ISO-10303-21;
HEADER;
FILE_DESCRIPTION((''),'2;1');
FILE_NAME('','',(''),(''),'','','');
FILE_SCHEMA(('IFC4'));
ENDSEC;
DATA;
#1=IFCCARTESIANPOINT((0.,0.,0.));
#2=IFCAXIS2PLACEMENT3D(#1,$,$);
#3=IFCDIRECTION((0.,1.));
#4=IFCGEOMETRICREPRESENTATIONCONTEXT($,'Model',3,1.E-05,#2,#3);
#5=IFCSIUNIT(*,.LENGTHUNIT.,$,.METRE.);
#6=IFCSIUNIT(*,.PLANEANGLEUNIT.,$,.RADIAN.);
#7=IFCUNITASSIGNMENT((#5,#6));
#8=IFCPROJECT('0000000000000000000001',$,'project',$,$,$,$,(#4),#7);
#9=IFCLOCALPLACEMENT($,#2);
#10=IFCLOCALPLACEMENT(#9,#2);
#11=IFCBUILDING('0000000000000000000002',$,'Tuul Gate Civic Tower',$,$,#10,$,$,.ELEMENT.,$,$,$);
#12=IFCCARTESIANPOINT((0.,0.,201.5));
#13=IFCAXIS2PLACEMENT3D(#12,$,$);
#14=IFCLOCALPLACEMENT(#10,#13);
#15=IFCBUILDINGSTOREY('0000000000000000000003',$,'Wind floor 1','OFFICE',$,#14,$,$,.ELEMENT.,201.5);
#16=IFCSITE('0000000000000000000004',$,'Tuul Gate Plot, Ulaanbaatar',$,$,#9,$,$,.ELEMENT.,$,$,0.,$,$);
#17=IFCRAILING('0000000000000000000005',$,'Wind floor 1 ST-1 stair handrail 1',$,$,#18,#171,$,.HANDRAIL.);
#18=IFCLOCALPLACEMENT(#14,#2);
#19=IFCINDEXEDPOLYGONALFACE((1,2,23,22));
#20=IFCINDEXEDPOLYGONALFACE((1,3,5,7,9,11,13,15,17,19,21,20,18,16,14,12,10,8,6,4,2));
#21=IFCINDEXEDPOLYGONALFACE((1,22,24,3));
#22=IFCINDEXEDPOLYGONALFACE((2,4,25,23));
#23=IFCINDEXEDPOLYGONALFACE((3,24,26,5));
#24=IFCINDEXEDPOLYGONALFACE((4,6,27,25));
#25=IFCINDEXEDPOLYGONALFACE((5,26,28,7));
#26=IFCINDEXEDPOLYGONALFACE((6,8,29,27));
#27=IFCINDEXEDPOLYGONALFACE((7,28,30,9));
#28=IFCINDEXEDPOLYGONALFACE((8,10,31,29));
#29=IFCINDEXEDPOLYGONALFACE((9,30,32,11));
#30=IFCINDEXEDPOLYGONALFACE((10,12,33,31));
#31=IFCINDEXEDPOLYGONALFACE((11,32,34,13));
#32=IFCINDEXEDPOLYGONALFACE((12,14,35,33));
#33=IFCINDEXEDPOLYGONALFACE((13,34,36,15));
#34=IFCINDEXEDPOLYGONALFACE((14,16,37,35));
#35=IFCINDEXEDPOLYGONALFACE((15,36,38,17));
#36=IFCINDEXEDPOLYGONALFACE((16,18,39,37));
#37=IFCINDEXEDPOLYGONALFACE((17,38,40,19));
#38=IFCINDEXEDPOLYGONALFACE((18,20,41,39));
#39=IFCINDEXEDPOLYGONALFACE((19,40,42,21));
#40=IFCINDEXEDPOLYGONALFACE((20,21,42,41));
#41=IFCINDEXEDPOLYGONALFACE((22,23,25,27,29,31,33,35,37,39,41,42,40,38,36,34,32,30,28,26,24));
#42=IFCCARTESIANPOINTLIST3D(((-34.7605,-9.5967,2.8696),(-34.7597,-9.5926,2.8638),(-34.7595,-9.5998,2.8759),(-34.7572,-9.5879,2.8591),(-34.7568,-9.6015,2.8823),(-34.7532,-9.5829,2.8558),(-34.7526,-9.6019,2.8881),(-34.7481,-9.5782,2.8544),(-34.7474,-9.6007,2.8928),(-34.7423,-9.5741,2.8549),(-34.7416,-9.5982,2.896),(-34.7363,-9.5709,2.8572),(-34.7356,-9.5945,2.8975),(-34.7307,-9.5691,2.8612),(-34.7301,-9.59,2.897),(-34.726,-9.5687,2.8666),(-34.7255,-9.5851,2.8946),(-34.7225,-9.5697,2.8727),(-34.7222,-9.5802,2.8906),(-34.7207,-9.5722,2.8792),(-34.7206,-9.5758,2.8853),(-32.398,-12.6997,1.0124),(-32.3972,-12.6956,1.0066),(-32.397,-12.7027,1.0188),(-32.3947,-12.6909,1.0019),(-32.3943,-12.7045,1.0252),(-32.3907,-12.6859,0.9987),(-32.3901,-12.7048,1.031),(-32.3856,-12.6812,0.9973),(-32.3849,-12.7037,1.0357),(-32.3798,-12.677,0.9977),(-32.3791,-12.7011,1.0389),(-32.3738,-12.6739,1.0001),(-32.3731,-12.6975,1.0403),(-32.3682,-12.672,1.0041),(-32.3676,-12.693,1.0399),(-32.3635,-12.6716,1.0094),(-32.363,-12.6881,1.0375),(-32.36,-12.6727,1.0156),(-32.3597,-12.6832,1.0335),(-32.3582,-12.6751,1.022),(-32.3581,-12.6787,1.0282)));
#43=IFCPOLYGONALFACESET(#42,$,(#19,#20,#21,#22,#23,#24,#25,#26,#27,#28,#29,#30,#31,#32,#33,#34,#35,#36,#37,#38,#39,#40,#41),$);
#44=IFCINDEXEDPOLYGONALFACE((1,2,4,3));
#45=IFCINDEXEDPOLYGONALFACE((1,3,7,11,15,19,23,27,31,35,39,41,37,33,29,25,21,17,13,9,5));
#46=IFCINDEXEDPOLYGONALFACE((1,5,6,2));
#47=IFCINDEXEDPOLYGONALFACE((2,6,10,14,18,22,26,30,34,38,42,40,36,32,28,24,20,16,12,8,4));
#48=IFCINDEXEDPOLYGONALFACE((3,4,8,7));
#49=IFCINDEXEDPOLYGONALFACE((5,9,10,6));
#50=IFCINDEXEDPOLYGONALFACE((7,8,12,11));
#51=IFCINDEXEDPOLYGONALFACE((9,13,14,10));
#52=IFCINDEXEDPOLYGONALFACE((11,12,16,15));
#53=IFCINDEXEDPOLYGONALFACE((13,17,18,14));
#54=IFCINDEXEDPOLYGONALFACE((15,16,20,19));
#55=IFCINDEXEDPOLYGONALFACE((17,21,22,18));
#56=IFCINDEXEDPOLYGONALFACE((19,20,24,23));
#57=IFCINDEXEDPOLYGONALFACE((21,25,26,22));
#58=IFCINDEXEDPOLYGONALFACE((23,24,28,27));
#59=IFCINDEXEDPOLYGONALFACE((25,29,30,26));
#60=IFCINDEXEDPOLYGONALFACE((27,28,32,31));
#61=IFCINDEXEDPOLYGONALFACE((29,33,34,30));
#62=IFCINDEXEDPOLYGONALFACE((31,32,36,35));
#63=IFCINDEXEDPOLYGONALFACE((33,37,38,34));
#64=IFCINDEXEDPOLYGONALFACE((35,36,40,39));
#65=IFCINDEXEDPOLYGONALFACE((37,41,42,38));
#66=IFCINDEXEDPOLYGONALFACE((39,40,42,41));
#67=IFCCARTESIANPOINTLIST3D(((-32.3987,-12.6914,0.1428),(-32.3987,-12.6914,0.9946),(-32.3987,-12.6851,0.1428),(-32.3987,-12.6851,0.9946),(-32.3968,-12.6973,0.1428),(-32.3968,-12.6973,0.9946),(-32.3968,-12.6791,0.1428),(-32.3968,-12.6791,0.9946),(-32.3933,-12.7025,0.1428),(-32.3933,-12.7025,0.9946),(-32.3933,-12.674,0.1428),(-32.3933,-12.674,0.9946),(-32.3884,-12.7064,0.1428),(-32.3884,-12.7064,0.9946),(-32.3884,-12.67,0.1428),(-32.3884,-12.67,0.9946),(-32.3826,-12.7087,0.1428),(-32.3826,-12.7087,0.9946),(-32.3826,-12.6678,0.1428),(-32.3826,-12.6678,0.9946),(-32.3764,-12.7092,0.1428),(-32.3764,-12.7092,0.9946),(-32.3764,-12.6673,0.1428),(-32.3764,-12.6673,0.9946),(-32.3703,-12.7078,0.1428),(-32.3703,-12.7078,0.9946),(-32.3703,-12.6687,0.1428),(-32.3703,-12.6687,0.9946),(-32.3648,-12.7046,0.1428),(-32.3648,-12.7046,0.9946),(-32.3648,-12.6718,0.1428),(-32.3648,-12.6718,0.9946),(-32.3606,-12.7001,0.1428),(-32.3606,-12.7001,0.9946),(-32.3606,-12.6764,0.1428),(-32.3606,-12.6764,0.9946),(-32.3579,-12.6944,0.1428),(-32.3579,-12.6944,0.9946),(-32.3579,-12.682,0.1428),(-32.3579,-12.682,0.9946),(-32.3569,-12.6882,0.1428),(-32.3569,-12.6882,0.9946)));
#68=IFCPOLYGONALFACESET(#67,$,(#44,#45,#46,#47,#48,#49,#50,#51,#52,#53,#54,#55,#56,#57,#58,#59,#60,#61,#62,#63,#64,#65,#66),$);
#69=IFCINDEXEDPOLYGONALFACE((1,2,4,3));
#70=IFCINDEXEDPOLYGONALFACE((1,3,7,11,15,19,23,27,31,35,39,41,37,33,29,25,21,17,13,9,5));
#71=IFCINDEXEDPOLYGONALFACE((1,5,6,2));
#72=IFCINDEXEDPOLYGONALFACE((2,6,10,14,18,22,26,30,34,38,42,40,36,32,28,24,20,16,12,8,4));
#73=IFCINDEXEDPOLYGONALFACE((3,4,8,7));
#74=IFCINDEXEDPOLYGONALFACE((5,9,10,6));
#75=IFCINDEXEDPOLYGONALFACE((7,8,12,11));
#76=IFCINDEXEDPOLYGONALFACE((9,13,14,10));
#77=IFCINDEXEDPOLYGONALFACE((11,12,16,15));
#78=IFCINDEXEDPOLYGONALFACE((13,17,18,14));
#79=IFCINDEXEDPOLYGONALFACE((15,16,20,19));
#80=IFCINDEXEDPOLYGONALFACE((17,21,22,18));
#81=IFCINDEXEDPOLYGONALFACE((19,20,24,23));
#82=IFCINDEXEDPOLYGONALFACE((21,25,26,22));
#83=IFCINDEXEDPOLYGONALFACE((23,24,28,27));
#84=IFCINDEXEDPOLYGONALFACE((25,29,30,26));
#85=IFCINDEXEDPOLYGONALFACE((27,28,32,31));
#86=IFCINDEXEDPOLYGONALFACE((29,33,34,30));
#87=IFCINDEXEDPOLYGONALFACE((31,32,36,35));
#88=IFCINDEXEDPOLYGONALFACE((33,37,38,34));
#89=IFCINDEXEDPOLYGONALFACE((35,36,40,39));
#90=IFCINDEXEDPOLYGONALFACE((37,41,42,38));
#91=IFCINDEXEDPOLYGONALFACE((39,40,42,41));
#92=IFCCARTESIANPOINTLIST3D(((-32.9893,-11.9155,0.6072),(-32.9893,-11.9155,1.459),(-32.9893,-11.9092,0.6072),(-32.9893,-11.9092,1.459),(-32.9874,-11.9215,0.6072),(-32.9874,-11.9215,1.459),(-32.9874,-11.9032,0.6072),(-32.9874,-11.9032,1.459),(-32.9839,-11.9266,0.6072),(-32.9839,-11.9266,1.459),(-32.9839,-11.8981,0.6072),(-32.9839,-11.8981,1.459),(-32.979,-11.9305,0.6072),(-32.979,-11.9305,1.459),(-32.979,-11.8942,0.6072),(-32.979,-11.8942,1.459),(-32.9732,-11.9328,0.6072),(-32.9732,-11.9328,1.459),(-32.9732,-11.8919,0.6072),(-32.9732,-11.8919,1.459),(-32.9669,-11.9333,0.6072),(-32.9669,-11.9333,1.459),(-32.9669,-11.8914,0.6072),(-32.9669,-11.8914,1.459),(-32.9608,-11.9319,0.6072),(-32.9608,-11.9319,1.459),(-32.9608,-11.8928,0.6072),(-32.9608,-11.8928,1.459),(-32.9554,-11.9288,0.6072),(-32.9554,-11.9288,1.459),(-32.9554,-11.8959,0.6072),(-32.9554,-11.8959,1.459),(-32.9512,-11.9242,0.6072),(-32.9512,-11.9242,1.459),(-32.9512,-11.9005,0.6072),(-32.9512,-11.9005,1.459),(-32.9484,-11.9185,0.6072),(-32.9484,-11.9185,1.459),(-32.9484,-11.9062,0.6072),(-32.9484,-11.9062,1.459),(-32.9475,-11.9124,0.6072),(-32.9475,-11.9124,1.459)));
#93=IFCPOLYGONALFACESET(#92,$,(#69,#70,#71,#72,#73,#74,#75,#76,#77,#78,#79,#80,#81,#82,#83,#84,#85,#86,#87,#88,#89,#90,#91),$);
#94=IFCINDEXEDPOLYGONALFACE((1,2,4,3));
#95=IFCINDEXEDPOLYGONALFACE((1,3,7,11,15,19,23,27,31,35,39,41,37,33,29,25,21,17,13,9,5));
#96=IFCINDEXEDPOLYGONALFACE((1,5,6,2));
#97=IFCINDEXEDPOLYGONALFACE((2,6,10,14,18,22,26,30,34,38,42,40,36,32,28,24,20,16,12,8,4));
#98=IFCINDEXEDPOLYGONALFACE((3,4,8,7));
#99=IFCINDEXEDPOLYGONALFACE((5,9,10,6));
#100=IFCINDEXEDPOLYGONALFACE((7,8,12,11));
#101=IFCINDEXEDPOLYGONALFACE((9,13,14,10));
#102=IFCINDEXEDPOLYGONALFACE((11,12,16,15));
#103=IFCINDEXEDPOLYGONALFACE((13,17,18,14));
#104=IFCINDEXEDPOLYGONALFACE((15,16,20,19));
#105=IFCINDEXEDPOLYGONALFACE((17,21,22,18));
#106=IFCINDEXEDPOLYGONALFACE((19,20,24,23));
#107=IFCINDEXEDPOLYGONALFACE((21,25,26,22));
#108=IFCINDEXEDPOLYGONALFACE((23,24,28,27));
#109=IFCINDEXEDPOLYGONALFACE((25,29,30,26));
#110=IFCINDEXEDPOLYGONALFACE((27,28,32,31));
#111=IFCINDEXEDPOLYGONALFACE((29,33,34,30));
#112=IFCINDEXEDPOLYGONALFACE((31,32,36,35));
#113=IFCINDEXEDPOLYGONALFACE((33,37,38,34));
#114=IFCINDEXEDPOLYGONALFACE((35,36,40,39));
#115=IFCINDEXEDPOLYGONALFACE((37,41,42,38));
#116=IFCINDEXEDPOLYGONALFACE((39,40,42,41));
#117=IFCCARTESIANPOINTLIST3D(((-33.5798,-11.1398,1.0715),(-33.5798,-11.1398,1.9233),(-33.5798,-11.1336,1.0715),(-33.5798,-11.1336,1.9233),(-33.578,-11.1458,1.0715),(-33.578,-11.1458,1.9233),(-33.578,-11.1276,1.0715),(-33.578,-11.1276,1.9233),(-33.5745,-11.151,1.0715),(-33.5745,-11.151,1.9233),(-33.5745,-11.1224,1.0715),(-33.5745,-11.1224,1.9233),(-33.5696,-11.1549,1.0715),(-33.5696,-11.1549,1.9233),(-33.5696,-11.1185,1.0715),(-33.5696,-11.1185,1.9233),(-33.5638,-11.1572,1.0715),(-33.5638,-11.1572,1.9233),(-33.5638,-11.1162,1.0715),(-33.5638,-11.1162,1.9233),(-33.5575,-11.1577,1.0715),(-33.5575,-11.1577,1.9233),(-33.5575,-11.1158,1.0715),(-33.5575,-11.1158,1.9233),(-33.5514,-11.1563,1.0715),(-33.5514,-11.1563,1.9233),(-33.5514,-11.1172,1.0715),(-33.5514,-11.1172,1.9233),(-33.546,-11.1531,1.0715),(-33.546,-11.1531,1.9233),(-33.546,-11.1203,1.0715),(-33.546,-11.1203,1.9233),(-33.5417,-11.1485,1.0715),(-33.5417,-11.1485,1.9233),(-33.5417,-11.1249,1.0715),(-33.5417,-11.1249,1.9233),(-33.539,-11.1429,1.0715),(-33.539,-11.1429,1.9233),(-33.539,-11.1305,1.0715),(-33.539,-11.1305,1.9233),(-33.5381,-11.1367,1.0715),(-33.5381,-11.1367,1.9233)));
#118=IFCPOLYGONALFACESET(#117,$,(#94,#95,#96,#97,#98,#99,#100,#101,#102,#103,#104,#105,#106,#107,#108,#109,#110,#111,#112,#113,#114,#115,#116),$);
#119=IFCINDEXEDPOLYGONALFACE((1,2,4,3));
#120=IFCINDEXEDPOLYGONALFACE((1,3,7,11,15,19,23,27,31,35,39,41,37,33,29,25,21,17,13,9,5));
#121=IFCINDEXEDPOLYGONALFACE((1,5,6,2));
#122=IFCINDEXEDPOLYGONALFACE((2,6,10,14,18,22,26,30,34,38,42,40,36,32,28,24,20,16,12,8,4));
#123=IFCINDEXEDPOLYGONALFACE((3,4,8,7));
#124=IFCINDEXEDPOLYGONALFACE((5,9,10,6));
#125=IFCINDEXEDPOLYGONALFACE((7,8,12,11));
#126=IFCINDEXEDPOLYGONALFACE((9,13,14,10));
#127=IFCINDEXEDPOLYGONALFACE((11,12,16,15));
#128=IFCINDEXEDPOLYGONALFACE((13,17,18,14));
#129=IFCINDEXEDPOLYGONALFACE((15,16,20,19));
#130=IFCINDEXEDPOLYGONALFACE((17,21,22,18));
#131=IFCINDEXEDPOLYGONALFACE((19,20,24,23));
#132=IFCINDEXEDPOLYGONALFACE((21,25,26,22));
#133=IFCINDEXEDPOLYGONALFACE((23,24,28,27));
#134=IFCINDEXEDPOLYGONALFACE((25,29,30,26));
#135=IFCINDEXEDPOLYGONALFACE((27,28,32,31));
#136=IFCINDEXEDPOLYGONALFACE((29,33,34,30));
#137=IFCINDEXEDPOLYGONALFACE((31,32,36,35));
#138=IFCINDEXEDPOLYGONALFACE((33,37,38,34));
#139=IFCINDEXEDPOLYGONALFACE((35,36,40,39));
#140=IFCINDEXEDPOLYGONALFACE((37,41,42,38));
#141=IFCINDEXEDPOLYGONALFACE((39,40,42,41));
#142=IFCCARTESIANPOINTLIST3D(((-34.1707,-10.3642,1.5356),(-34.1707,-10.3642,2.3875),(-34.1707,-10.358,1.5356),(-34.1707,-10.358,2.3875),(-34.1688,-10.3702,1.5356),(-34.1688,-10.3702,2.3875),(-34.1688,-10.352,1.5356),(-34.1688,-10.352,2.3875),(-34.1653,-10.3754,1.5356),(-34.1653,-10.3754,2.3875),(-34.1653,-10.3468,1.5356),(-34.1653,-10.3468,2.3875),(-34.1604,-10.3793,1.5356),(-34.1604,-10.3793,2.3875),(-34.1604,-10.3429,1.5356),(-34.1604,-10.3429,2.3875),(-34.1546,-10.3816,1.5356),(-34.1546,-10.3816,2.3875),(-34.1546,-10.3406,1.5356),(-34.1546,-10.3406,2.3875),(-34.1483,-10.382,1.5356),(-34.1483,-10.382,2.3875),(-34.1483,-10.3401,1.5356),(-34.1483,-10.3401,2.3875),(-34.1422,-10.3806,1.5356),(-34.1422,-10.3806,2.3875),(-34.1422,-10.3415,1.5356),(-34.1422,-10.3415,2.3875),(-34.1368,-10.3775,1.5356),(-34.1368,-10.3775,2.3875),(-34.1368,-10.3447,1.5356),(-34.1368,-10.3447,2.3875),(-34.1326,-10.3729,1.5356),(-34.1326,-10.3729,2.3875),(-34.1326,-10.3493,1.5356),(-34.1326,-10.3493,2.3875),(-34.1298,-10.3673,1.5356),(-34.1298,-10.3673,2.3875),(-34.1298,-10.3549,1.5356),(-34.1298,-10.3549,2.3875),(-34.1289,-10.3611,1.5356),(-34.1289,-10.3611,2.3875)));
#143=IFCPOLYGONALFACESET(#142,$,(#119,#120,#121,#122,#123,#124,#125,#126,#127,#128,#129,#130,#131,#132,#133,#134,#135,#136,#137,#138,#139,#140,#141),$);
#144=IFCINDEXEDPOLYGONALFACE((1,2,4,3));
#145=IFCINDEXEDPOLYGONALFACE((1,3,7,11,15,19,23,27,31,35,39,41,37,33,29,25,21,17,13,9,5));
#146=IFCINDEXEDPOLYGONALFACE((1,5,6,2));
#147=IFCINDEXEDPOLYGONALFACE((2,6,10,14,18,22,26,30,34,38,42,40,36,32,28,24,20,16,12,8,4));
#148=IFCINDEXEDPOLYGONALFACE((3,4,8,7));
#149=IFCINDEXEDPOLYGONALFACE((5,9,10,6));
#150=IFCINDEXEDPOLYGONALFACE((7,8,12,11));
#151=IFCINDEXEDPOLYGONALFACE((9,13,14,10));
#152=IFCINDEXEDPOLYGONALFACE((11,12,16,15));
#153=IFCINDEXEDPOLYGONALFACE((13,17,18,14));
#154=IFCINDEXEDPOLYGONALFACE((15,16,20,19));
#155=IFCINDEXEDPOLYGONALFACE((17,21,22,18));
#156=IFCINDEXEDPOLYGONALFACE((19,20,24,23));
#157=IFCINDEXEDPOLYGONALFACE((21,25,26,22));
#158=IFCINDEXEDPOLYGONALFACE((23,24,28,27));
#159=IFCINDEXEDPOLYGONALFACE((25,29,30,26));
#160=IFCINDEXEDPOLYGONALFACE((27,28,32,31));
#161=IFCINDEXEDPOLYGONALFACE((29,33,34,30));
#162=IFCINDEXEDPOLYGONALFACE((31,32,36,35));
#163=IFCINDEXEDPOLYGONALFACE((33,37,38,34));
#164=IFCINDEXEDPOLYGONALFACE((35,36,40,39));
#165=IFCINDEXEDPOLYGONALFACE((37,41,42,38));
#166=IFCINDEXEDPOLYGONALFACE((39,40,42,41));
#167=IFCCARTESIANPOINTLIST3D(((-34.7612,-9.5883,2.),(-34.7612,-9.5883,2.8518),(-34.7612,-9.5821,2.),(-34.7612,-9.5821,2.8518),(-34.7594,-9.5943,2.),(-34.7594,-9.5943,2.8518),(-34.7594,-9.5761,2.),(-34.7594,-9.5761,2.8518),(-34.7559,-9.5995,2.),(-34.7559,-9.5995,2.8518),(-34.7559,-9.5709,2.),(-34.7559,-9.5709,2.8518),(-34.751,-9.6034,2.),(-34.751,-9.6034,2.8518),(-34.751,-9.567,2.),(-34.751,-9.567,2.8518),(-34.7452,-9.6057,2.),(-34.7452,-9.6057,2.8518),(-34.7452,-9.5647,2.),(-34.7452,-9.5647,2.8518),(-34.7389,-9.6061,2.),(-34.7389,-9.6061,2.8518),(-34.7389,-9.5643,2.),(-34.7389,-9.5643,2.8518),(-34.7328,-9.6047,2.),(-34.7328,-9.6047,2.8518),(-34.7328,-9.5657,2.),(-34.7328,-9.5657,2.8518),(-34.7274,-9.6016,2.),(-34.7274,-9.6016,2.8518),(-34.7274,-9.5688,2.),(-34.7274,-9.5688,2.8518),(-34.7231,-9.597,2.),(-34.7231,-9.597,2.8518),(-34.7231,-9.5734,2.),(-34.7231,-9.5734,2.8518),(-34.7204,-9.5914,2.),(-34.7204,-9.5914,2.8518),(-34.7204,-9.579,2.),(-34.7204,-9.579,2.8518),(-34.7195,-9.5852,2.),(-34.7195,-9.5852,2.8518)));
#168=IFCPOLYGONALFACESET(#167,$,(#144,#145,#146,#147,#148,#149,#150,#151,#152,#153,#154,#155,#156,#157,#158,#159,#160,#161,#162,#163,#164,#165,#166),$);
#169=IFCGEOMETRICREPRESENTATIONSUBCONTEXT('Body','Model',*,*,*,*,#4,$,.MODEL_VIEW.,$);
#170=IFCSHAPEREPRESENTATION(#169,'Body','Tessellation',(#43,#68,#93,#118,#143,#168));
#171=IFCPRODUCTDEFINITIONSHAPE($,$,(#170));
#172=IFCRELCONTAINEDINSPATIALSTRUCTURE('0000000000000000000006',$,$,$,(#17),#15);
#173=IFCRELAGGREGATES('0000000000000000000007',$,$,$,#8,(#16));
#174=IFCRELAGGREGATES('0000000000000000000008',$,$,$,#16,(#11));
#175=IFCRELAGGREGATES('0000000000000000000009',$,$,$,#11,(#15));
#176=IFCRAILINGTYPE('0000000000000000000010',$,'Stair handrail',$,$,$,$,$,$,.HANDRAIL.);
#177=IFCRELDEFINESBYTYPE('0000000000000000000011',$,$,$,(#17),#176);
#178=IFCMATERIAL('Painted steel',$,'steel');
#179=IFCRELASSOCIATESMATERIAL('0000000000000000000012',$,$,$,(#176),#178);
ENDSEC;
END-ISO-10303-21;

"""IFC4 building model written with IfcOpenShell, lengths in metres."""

from ifc_helpers import new_model, si_unit, direction, frame, origin, origin_2d, place, context, subcontext, project, spatial, circle, extrude, material, type_object, element, save


model = new_model("IFC4")

# Units and contexts
model_context = context("Model", 3, precision=1e-05, world=origin(), true_north=direction((0.0, 1.0)))
body_context = subcontext(model_context, "Body", "Model", "MODEL_VIEW")
ifc_project = project(units=[si_unit("LENGTHUNIT", "METRE"), si_unit("PLANEANGLEUNIT", "RADIAN")], contexts=[model_context])

# Site, building, storey
site_placement = place(None, origin())
site = spatial("IfcSite", under=ifc_project, at=site_placement, Name="Tuul Gate Plot, Ulaanbaatar", CompositionType="ELEMENT", RefElevation=0.0)
building_placement = place(site_placement, origin())
building = spatial("IfcBuilding", under=site, at=building_placement, Name="Tuul Gate Civic Tower", CompositionType="ELEMENT")
storey_placement = place(building_placement, frame((0.0, 0.0, 201.5)))
storey = spatial("IfcBuildingStorey", under=building, at=storey_placement, Name="Wind floor 1", Description="OFFICE", CompositionType="ELEMENT", Elevation=201.5)

# Railing
ifc_material_1 = material(Name="Painted steel", Category="steel")
railing_type_1 = type_object("IfcRailingType", Name="Stair handrail", PredefinedType="HANDRAIL", material=ifc_material_1)
for number, where, name in (
    (1, (-32.3779, -12.6882, 0.1428), "Wind floor 1 ST-1 stair handrail 1"),
):
    element("IfcRailing", number, at=place(storey_placement, frame(where)), inside=storey, type_object=railing_type_1, Name=name, PredefinedType="HANDRAIL", context=body_context, shape_type="SweptSolid", body=[
        extrude(circle(Radius=0.0239, at=origin_2d()), frame((0.0, 0.0, 0.876), z_axis=(-0.546928, 0.718349, 0.429935), x_axis=(-0.795637, -0.605773, 0.0)), (0.0, 0.0, 1.0), 4.3196),
        extrude(circle(Radius=0.021, at=origin_2d()), origin(), (0.0, 0.0, 1.0), 0.8518),
        extrude(circle(Radius=0.021, at=origin_2d()), frame((-0.5906, 0.7759, 0.4644)), (0.0, 0.0, 1.0), 0.8518),
        extrude(circle(Radius=0.021, at=origin_2d()), frame((-1.1812, 1.5515, 0.9287)), (0.0, 0.0, 1.0), 0.8518),
        extrude(circle(Radius=0.021, at=origin_2d()), frame((-1.772, 2.3271, 1.3928)), (0.0, 0.0, 1.0), 0.8518),
        extrude(circle(Radius=0.021, at=origin_2d()), frame((-2.3625, 3.103, 1.8572)), (0.0, 0.0, 1.0), 0.8518),
    ])

save(model, "model.ifc")
